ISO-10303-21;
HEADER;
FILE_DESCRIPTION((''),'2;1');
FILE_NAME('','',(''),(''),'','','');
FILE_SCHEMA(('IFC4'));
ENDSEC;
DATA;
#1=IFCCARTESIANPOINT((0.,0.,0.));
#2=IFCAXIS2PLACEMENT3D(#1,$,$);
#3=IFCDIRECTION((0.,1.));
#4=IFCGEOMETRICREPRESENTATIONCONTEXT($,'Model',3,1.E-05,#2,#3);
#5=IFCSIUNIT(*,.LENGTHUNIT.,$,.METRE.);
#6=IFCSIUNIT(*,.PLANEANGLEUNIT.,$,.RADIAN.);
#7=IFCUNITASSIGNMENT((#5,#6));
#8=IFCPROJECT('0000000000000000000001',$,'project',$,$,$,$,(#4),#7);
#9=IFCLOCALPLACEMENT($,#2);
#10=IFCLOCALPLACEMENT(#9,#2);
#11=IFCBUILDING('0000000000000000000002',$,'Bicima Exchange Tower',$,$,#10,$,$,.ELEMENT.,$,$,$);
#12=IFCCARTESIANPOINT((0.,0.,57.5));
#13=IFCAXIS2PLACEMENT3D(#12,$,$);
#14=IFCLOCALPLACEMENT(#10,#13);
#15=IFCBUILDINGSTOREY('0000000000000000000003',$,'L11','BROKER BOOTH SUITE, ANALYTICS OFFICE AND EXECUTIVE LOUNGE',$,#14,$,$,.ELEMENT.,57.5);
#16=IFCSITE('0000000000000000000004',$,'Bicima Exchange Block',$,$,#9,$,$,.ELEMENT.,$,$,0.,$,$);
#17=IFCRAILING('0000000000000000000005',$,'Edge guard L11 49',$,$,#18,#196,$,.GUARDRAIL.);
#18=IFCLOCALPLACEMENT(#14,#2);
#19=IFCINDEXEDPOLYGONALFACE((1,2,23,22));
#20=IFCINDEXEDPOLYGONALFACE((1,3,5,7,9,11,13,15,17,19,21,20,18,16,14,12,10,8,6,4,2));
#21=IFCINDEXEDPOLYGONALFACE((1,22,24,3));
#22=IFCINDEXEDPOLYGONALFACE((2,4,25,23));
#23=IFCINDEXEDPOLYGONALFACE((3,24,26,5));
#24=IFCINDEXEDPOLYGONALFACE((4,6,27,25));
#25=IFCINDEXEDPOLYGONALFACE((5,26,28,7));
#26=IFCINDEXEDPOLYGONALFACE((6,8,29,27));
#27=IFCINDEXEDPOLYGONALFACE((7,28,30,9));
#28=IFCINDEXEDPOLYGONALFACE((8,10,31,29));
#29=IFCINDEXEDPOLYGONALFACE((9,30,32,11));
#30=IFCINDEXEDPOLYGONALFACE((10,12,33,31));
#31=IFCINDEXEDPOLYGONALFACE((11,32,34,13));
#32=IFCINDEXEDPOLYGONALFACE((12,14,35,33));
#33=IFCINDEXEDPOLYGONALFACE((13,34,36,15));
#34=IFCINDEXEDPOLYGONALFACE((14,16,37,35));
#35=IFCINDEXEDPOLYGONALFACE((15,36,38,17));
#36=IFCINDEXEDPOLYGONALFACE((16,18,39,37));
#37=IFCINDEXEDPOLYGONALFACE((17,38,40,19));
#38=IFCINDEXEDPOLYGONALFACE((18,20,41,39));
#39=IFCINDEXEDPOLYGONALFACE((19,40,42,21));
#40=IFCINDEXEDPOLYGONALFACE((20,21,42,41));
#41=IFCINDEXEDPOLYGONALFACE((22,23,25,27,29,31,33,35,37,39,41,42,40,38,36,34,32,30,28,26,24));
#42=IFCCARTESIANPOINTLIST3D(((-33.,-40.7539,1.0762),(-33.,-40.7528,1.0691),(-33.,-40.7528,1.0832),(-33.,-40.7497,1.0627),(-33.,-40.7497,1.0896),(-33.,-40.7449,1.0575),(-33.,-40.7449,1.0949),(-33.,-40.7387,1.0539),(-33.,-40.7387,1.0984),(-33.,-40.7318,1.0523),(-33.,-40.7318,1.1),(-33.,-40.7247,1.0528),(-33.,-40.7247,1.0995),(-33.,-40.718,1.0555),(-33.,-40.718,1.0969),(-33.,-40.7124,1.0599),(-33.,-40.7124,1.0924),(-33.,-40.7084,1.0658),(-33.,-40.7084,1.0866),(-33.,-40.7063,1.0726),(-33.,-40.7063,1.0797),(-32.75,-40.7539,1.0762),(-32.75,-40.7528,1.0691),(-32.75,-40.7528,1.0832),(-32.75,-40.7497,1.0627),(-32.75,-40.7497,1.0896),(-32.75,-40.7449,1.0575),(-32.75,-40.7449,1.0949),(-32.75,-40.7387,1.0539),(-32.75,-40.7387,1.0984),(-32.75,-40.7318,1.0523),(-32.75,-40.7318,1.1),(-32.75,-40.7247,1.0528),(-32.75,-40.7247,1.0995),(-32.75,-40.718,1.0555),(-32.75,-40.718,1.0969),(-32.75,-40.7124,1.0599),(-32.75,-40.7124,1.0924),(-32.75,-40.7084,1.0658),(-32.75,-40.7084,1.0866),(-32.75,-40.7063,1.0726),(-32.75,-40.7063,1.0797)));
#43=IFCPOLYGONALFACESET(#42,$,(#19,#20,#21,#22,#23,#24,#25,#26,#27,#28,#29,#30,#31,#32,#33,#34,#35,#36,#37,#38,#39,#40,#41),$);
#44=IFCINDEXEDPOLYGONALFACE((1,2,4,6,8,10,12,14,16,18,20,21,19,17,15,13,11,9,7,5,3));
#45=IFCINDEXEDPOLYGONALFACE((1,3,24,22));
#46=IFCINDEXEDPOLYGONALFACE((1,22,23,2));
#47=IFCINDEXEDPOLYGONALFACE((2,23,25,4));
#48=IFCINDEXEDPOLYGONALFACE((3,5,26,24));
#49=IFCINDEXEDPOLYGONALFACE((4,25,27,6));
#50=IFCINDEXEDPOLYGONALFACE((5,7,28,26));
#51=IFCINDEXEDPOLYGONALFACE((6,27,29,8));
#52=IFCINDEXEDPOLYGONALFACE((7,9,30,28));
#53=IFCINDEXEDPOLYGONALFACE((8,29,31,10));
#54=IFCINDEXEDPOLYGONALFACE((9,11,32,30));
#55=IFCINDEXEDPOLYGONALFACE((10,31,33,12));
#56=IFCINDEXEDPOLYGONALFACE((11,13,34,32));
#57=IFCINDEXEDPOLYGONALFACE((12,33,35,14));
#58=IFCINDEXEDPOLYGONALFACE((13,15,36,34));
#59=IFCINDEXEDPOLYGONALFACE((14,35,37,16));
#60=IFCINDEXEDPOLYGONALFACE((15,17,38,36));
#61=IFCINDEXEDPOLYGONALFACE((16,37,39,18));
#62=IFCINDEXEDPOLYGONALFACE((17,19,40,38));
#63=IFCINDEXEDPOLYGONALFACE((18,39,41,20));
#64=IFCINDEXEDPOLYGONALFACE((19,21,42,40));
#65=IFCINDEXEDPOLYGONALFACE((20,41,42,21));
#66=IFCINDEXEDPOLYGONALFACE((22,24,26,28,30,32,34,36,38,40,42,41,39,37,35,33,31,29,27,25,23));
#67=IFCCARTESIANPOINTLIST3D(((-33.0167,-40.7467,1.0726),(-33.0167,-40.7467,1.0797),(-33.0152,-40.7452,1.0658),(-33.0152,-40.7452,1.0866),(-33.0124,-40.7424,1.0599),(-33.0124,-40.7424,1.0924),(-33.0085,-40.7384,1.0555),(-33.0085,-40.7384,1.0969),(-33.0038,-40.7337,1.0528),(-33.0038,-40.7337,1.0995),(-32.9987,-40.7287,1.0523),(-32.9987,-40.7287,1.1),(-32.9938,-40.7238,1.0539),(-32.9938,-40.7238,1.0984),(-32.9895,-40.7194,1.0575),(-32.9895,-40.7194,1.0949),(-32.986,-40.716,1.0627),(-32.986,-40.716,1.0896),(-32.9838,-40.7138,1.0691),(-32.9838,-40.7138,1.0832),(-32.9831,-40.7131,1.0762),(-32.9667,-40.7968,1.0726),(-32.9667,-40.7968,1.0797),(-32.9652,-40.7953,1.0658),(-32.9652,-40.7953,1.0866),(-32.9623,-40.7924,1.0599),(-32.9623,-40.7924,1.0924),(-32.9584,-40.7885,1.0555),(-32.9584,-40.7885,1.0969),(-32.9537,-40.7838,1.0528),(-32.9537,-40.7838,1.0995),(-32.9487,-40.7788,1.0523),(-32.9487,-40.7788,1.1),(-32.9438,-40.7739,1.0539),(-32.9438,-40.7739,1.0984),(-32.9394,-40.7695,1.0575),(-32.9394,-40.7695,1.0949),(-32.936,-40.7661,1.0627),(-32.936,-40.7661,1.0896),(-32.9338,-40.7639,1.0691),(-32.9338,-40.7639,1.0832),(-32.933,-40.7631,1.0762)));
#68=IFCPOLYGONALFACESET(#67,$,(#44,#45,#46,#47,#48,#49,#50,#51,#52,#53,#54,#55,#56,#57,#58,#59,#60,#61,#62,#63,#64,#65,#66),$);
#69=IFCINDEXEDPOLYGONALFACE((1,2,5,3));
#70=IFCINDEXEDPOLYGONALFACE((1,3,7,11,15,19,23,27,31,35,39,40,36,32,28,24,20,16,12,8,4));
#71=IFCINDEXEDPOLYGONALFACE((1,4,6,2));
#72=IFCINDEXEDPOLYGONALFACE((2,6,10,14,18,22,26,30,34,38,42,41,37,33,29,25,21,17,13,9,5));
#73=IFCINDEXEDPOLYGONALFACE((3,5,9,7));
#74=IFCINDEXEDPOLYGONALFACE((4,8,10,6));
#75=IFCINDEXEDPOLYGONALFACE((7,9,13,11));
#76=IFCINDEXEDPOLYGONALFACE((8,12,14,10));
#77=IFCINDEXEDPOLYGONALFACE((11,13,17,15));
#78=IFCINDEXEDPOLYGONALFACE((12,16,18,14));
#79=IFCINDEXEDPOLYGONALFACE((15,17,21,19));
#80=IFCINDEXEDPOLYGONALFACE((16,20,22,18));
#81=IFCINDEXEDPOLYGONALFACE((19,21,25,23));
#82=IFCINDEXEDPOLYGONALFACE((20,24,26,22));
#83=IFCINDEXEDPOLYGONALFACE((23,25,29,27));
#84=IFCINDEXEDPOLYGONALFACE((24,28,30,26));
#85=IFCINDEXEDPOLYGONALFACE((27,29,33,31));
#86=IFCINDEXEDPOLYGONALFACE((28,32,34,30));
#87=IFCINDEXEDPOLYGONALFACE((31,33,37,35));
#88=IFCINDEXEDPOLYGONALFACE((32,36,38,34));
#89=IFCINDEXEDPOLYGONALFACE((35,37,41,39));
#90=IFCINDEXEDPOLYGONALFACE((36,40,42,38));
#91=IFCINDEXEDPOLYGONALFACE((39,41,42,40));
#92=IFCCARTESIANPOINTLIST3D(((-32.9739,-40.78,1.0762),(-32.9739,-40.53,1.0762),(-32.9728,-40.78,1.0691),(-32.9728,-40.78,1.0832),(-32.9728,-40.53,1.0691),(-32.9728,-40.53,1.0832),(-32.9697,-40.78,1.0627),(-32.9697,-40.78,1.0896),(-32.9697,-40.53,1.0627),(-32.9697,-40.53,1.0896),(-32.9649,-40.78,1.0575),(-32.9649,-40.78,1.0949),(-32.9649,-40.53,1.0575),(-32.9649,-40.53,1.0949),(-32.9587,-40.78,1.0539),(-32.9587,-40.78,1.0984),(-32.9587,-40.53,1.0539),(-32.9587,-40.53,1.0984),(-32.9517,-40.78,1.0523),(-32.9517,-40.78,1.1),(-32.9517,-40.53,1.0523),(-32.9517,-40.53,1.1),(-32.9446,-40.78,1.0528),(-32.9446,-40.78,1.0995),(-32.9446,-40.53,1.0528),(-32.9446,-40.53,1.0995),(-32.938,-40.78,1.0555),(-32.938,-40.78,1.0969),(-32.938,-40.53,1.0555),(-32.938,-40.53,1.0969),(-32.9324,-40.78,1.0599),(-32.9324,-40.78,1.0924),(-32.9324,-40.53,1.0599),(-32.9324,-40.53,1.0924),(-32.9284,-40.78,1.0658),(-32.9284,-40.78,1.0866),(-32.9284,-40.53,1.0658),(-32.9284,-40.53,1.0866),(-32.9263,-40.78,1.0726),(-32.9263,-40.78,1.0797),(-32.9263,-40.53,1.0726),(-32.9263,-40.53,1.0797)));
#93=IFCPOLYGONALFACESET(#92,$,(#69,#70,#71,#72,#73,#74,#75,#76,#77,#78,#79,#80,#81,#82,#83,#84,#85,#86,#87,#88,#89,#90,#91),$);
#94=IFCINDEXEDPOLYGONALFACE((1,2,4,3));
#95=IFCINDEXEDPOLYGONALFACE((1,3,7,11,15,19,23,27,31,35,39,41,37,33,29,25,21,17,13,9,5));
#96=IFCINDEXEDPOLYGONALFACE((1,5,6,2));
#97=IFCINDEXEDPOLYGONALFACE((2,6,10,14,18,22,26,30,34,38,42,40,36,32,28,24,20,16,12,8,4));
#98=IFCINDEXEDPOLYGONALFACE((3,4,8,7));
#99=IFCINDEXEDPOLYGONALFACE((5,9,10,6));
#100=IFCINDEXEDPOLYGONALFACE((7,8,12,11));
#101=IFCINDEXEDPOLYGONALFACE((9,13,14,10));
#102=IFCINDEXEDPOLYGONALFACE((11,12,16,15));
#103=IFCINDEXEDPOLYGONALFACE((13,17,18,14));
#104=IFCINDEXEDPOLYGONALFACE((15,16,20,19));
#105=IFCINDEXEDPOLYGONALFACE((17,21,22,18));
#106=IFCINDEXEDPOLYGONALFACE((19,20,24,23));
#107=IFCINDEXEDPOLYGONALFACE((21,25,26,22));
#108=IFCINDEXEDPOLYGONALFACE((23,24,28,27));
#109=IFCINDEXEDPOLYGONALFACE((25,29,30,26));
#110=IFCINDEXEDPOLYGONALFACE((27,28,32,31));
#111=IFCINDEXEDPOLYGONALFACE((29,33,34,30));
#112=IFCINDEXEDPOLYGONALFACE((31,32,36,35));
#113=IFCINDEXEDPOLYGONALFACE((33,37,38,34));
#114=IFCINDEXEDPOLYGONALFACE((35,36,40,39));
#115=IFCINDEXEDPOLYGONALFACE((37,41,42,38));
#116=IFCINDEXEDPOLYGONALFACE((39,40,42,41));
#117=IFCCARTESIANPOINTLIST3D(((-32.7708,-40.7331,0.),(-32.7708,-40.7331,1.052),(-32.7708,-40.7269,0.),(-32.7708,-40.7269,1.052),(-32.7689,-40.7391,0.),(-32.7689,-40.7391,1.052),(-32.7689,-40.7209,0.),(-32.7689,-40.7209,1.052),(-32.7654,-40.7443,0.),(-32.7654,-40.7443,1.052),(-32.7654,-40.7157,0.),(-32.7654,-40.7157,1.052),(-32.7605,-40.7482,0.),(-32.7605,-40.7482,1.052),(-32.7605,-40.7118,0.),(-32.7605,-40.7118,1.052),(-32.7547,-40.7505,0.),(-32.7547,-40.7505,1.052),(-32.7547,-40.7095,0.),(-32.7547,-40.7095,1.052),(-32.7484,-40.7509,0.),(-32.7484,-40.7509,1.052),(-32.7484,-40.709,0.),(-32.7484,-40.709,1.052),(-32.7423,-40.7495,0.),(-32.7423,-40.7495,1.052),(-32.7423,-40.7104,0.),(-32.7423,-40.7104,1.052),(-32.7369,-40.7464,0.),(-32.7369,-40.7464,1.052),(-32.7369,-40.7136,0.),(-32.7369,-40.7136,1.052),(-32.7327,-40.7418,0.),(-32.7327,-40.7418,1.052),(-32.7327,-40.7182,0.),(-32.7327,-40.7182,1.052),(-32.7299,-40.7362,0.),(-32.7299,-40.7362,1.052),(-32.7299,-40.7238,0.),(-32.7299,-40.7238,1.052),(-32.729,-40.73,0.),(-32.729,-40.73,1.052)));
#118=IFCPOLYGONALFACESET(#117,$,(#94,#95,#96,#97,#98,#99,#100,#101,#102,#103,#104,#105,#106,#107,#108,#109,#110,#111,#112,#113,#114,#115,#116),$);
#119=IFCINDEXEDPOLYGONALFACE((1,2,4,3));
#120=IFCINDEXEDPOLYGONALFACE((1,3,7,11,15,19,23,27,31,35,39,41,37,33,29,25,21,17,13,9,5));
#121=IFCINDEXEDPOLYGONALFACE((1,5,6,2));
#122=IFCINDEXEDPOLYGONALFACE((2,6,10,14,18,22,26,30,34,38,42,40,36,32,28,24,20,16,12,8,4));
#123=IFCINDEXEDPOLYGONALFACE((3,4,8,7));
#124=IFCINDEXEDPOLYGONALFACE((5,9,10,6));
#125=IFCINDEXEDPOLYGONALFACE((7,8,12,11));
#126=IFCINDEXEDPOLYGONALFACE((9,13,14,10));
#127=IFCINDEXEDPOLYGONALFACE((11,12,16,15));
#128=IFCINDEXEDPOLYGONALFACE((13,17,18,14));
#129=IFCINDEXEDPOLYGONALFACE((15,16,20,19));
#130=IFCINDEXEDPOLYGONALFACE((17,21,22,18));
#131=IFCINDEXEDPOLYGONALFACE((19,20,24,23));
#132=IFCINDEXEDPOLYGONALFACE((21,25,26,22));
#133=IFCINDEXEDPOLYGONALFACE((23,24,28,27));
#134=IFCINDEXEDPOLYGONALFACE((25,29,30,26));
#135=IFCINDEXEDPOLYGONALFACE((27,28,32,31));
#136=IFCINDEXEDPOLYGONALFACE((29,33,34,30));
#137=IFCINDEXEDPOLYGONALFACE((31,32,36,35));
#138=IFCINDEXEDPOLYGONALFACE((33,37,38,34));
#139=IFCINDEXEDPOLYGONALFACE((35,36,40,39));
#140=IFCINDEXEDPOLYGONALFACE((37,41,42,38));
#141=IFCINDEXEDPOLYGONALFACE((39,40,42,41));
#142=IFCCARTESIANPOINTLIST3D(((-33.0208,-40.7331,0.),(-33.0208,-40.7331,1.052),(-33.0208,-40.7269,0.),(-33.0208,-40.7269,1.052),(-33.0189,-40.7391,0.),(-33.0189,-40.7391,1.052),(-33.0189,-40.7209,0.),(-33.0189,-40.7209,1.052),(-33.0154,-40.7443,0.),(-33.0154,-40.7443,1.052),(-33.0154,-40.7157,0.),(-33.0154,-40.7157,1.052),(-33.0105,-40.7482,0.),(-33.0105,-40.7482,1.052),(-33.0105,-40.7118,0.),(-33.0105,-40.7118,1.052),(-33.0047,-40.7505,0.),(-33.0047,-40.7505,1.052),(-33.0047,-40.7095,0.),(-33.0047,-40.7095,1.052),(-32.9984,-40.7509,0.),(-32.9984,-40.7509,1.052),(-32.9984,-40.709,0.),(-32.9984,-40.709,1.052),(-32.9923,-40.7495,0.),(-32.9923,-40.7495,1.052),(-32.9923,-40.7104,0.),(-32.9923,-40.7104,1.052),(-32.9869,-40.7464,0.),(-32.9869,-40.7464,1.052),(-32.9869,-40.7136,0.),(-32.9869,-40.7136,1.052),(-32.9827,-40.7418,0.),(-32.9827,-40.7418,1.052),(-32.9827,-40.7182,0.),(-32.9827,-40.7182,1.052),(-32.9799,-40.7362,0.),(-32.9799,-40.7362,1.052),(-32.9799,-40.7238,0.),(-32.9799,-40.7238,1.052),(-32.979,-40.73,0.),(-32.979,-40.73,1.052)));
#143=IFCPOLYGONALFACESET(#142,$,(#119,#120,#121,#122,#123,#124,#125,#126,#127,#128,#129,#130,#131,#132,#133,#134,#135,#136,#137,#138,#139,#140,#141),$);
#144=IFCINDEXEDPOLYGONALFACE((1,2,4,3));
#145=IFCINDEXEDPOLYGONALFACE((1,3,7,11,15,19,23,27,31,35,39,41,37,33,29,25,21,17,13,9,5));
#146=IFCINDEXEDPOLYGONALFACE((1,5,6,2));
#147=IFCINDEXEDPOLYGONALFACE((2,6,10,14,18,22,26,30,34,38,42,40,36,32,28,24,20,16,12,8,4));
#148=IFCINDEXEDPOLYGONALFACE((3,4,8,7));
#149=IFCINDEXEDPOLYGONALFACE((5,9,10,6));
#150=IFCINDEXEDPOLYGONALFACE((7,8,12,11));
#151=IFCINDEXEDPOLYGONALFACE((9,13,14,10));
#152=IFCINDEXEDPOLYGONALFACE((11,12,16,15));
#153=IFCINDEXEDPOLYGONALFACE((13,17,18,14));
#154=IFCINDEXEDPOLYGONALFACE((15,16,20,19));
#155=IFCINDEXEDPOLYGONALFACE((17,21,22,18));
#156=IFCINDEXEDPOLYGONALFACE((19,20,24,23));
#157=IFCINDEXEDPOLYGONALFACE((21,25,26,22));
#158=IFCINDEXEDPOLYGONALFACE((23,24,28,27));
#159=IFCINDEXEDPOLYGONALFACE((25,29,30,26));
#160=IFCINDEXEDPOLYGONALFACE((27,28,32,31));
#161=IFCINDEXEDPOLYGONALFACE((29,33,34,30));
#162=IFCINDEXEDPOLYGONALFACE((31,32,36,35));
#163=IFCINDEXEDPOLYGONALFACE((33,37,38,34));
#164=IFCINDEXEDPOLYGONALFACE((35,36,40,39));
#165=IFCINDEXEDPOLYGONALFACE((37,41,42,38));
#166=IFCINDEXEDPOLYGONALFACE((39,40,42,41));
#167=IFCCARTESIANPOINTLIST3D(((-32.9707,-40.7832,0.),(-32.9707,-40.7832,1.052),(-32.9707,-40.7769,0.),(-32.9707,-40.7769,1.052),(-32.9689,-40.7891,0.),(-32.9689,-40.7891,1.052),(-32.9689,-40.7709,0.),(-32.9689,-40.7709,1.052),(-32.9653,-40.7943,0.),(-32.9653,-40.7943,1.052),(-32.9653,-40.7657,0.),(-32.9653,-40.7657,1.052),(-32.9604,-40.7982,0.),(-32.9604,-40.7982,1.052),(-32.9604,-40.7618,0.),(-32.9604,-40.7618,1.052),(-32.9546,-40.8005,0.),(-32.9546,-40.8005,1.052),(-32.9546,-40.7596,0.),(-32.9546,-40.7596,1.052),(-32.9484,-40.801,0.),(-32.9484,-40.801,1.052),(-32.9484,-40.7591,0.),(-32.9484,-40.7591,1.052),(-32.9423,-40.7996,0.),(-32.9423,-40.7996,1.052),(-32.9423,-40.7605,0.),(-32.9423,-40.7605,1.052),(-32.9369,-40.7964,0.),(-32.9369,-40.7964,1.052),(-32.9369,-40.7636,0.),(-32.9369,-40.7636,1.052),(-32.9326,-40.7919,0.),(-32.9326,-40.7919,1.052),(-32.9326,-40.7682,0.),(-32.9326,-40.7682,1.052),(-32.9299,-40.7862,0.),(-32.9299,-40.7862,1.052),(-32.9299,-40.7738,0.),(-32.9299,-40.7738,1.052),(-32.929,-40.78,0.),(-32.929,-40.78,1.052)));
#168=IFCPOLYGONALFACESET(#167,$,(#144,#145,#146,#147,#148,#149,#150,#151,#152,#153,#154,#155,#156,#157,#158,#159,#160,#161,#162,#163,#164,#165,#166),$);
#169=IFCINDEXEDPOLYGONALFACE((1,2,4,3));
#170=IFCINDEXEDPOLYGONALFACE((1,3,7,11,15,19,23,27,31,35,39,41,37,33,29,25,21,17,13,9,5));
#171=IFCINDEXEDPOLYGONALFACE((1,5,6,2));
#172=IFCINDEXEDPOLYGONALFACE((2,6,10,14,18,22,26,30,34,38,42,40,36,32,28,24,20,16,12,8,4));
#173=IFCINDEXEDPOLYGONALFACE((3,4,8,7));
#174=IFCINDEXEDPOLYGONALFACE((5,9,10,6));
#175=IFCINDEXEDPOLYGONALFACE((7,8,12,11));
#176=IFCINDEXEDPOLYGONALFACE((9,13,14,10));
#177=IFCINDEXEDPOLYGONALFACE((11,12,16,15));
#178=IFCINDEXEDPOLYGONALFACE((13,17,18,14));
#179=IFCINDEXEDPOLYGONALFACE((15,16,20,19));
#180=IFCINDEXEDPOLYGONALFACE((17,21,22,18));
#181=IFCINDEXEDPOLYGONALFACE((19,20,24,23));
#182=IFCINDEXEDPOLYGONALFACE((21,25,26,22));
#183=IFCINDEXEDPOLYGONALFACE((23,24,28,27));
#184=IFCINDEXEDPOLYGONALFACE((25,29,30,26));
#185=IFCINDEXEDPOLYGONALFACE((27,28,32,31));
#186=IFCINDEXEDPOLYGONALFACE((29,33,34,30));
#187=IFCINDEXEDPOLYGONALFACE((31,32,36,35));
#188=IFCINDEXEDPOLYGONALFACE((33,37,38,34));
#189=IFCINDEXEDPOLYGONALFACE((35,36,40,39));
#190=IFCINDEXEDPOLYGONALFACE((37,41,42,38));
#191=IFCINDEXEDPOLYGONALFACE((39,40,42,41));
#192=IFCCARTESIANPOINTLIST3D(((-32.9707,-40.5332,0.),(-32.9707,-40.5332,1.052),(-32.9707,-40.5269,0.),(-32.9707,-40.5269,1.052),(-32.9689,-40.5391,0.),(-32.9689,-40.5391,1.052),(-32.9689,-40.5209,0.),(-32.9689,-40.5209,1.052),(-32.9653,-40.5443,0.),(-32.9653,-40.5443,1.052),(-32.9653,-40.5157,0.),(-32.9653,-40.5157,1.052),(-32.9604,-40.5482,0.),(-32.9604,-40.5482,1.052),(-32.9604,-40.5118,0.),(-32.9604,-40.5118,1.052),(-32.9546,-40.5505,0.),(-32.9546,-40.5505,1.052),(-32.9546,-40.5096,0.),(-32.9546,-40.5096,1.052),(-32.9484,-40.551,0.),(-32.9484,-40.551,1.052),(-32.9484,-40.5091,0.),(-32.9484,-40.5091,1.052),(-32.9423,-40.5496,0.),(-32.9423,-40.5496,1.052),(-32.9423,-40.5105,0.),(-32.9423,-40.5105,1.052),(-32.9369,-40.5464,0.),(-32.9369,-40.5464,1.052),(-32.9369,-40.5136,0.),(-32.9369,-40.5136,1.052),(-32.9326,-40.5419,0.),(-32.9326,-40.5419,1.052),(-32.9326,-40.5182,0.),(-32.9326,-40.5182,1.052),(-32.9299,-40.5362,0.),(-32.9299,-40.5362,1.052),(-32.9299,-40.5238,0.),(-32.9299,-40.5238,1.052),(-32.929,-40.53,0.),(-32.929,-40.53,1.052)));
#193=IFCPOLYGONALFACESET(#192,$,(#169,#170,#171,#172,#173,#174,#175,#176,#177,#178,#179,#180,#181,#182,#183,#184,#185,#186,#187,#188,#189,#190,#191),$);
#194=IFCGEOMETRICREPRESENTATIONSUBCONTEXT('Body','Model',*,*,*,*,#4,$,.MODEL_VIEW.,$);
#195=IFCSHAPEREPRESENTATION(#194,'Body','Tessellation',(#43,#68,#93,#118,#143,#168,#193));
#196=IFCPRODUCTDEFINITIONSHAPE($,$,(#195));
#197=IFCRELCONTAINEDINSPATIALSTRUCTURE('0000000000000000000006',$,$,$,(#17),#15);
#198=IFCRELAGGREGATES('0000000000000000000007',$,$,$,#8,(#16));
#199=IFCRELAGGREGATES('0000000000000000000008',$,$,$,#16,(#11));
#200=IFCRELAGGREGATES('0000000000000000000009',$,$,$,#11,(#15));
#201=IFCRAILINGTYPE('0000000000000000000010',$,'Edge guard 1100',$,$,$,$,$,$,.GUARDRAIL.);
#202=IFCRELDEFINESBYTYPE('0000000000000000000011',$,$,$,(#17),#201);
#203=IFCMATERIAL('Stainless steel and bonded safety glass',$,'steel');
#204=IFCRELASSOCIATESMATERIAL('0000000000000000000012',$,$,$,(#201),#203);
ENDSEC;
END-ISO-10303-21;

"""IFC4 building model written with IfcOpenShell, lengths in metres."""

from ifc_helpers import new_model, si_unit, direction, frame, origin, origin_2d, place, context, subcontext, project, spatial, circle, extrude, material, type_object, element, save


model = new_model("IFC4")

# Units and contexts
model_context = context("Model", 3, precision=1e-05, world=origin(), true_north=direction((0.0, 1.0)))
body_context = subcontext(model_context, "Body", "Model", "MODEL_VIEW")
ifc_project = project(units=[si_unit("LENGTHUNIT", "METRE"), si_unit("PLANEANGLEUNIT", "RADIAN")], contexts=[model_context])

# Site, building, storey
site_placement = place(None, origin())
site = spatial("IfcSite", under=ifc_project, at=site_placement, Name="Bicima Exchange Block", CompositionType="ELEMENT", RefElevation=0.0)
building_placement = place(site_placement, origin())
building = spatial("IfcBuilding", under=site, at=building_placement, Name="Bicima Exchange Tower", CompositionType="ELEMENT")
storey_placement = place(building_placement, frame((0.0, 0.0, 57.5)))
storey = spatial("IfcBuildingStorey", under=building, at=storey_placement, Name="L11", Description="BROKER BOOTH SUITE, ANALYTICS OFFICE AND EXECUTIVE LOUNGE", CompositionType="ELEMENT", Elevation=57.5)

# Railing
ifc_material_1 = material(Name="Stainless steel and bonded safety glass", Category="steel")
railing_type = type_object("IfcRailingType", Name="Edge guard 1100", PredefinedType="GUARDRAIL", material=ifc_material_1)
railing_1_placement = place(storey_placement, frame((-32.75, -40.73, 0.0)))
element("IfcRailing", 1, at=railing_1_placement, inside=storey, type_object=railing_type, Name="Edge guard L11 49", PredefinedType="GUARDRAIL", context=body_context, shape_type="SweptSolid", body=[
    extrude(circle(Radius=0.0239, at=origin_2d()), frame((0.0, 0.0, 1.0762), z_axis=(-1.0, 0.0, 0.0), x_axis=(0.0, -1.0, 0.0)), (0.0, 0.0, 1.0), 0.25),
    extrude(circle(Radius=0.0239, at=origin_2d()), frame((-0.25, 0.0, 1.0762), z_axis=(0.707107, -0.707107, 0.0), x_axis=(0.707107, 0.707107, 0.0)), (0.0, 0.0, 1.0), 0.0708),
    extrude(circle(Radius=0.0239, at=origin_2d()), frame((-0.2, -0.05, 1.0762), z_axis=(0.0, 1.0, 0.0), x_axis=(-1.0, 0.0, 0.0)), (0.0, 0.0, 1.0), 0.25),
    extrude(circle(Radius=0.021, at=origin_2d()), origin(), (0.0, 0.0, 1.0), 1.052),
    extrude(circle(Radius=0.021, at=origin_2d()), frame((-0.25, 0.0, 0.0)), (0.0, 0.0, 1.0), 1.052),
    extrude(circle(Radius=0.021, at=origin_2d()), frame((-0.2, -0.05, 0.0)), (0.0, 0.0, 1.0), 1.052),
    extrude(circle(Radius=0.021, at=origin_2d()), frame((-0.2, 0.2, 0.0)), (0.0, 0.0, 1.0), 1.052),
])

save(model, "model.ifc")
